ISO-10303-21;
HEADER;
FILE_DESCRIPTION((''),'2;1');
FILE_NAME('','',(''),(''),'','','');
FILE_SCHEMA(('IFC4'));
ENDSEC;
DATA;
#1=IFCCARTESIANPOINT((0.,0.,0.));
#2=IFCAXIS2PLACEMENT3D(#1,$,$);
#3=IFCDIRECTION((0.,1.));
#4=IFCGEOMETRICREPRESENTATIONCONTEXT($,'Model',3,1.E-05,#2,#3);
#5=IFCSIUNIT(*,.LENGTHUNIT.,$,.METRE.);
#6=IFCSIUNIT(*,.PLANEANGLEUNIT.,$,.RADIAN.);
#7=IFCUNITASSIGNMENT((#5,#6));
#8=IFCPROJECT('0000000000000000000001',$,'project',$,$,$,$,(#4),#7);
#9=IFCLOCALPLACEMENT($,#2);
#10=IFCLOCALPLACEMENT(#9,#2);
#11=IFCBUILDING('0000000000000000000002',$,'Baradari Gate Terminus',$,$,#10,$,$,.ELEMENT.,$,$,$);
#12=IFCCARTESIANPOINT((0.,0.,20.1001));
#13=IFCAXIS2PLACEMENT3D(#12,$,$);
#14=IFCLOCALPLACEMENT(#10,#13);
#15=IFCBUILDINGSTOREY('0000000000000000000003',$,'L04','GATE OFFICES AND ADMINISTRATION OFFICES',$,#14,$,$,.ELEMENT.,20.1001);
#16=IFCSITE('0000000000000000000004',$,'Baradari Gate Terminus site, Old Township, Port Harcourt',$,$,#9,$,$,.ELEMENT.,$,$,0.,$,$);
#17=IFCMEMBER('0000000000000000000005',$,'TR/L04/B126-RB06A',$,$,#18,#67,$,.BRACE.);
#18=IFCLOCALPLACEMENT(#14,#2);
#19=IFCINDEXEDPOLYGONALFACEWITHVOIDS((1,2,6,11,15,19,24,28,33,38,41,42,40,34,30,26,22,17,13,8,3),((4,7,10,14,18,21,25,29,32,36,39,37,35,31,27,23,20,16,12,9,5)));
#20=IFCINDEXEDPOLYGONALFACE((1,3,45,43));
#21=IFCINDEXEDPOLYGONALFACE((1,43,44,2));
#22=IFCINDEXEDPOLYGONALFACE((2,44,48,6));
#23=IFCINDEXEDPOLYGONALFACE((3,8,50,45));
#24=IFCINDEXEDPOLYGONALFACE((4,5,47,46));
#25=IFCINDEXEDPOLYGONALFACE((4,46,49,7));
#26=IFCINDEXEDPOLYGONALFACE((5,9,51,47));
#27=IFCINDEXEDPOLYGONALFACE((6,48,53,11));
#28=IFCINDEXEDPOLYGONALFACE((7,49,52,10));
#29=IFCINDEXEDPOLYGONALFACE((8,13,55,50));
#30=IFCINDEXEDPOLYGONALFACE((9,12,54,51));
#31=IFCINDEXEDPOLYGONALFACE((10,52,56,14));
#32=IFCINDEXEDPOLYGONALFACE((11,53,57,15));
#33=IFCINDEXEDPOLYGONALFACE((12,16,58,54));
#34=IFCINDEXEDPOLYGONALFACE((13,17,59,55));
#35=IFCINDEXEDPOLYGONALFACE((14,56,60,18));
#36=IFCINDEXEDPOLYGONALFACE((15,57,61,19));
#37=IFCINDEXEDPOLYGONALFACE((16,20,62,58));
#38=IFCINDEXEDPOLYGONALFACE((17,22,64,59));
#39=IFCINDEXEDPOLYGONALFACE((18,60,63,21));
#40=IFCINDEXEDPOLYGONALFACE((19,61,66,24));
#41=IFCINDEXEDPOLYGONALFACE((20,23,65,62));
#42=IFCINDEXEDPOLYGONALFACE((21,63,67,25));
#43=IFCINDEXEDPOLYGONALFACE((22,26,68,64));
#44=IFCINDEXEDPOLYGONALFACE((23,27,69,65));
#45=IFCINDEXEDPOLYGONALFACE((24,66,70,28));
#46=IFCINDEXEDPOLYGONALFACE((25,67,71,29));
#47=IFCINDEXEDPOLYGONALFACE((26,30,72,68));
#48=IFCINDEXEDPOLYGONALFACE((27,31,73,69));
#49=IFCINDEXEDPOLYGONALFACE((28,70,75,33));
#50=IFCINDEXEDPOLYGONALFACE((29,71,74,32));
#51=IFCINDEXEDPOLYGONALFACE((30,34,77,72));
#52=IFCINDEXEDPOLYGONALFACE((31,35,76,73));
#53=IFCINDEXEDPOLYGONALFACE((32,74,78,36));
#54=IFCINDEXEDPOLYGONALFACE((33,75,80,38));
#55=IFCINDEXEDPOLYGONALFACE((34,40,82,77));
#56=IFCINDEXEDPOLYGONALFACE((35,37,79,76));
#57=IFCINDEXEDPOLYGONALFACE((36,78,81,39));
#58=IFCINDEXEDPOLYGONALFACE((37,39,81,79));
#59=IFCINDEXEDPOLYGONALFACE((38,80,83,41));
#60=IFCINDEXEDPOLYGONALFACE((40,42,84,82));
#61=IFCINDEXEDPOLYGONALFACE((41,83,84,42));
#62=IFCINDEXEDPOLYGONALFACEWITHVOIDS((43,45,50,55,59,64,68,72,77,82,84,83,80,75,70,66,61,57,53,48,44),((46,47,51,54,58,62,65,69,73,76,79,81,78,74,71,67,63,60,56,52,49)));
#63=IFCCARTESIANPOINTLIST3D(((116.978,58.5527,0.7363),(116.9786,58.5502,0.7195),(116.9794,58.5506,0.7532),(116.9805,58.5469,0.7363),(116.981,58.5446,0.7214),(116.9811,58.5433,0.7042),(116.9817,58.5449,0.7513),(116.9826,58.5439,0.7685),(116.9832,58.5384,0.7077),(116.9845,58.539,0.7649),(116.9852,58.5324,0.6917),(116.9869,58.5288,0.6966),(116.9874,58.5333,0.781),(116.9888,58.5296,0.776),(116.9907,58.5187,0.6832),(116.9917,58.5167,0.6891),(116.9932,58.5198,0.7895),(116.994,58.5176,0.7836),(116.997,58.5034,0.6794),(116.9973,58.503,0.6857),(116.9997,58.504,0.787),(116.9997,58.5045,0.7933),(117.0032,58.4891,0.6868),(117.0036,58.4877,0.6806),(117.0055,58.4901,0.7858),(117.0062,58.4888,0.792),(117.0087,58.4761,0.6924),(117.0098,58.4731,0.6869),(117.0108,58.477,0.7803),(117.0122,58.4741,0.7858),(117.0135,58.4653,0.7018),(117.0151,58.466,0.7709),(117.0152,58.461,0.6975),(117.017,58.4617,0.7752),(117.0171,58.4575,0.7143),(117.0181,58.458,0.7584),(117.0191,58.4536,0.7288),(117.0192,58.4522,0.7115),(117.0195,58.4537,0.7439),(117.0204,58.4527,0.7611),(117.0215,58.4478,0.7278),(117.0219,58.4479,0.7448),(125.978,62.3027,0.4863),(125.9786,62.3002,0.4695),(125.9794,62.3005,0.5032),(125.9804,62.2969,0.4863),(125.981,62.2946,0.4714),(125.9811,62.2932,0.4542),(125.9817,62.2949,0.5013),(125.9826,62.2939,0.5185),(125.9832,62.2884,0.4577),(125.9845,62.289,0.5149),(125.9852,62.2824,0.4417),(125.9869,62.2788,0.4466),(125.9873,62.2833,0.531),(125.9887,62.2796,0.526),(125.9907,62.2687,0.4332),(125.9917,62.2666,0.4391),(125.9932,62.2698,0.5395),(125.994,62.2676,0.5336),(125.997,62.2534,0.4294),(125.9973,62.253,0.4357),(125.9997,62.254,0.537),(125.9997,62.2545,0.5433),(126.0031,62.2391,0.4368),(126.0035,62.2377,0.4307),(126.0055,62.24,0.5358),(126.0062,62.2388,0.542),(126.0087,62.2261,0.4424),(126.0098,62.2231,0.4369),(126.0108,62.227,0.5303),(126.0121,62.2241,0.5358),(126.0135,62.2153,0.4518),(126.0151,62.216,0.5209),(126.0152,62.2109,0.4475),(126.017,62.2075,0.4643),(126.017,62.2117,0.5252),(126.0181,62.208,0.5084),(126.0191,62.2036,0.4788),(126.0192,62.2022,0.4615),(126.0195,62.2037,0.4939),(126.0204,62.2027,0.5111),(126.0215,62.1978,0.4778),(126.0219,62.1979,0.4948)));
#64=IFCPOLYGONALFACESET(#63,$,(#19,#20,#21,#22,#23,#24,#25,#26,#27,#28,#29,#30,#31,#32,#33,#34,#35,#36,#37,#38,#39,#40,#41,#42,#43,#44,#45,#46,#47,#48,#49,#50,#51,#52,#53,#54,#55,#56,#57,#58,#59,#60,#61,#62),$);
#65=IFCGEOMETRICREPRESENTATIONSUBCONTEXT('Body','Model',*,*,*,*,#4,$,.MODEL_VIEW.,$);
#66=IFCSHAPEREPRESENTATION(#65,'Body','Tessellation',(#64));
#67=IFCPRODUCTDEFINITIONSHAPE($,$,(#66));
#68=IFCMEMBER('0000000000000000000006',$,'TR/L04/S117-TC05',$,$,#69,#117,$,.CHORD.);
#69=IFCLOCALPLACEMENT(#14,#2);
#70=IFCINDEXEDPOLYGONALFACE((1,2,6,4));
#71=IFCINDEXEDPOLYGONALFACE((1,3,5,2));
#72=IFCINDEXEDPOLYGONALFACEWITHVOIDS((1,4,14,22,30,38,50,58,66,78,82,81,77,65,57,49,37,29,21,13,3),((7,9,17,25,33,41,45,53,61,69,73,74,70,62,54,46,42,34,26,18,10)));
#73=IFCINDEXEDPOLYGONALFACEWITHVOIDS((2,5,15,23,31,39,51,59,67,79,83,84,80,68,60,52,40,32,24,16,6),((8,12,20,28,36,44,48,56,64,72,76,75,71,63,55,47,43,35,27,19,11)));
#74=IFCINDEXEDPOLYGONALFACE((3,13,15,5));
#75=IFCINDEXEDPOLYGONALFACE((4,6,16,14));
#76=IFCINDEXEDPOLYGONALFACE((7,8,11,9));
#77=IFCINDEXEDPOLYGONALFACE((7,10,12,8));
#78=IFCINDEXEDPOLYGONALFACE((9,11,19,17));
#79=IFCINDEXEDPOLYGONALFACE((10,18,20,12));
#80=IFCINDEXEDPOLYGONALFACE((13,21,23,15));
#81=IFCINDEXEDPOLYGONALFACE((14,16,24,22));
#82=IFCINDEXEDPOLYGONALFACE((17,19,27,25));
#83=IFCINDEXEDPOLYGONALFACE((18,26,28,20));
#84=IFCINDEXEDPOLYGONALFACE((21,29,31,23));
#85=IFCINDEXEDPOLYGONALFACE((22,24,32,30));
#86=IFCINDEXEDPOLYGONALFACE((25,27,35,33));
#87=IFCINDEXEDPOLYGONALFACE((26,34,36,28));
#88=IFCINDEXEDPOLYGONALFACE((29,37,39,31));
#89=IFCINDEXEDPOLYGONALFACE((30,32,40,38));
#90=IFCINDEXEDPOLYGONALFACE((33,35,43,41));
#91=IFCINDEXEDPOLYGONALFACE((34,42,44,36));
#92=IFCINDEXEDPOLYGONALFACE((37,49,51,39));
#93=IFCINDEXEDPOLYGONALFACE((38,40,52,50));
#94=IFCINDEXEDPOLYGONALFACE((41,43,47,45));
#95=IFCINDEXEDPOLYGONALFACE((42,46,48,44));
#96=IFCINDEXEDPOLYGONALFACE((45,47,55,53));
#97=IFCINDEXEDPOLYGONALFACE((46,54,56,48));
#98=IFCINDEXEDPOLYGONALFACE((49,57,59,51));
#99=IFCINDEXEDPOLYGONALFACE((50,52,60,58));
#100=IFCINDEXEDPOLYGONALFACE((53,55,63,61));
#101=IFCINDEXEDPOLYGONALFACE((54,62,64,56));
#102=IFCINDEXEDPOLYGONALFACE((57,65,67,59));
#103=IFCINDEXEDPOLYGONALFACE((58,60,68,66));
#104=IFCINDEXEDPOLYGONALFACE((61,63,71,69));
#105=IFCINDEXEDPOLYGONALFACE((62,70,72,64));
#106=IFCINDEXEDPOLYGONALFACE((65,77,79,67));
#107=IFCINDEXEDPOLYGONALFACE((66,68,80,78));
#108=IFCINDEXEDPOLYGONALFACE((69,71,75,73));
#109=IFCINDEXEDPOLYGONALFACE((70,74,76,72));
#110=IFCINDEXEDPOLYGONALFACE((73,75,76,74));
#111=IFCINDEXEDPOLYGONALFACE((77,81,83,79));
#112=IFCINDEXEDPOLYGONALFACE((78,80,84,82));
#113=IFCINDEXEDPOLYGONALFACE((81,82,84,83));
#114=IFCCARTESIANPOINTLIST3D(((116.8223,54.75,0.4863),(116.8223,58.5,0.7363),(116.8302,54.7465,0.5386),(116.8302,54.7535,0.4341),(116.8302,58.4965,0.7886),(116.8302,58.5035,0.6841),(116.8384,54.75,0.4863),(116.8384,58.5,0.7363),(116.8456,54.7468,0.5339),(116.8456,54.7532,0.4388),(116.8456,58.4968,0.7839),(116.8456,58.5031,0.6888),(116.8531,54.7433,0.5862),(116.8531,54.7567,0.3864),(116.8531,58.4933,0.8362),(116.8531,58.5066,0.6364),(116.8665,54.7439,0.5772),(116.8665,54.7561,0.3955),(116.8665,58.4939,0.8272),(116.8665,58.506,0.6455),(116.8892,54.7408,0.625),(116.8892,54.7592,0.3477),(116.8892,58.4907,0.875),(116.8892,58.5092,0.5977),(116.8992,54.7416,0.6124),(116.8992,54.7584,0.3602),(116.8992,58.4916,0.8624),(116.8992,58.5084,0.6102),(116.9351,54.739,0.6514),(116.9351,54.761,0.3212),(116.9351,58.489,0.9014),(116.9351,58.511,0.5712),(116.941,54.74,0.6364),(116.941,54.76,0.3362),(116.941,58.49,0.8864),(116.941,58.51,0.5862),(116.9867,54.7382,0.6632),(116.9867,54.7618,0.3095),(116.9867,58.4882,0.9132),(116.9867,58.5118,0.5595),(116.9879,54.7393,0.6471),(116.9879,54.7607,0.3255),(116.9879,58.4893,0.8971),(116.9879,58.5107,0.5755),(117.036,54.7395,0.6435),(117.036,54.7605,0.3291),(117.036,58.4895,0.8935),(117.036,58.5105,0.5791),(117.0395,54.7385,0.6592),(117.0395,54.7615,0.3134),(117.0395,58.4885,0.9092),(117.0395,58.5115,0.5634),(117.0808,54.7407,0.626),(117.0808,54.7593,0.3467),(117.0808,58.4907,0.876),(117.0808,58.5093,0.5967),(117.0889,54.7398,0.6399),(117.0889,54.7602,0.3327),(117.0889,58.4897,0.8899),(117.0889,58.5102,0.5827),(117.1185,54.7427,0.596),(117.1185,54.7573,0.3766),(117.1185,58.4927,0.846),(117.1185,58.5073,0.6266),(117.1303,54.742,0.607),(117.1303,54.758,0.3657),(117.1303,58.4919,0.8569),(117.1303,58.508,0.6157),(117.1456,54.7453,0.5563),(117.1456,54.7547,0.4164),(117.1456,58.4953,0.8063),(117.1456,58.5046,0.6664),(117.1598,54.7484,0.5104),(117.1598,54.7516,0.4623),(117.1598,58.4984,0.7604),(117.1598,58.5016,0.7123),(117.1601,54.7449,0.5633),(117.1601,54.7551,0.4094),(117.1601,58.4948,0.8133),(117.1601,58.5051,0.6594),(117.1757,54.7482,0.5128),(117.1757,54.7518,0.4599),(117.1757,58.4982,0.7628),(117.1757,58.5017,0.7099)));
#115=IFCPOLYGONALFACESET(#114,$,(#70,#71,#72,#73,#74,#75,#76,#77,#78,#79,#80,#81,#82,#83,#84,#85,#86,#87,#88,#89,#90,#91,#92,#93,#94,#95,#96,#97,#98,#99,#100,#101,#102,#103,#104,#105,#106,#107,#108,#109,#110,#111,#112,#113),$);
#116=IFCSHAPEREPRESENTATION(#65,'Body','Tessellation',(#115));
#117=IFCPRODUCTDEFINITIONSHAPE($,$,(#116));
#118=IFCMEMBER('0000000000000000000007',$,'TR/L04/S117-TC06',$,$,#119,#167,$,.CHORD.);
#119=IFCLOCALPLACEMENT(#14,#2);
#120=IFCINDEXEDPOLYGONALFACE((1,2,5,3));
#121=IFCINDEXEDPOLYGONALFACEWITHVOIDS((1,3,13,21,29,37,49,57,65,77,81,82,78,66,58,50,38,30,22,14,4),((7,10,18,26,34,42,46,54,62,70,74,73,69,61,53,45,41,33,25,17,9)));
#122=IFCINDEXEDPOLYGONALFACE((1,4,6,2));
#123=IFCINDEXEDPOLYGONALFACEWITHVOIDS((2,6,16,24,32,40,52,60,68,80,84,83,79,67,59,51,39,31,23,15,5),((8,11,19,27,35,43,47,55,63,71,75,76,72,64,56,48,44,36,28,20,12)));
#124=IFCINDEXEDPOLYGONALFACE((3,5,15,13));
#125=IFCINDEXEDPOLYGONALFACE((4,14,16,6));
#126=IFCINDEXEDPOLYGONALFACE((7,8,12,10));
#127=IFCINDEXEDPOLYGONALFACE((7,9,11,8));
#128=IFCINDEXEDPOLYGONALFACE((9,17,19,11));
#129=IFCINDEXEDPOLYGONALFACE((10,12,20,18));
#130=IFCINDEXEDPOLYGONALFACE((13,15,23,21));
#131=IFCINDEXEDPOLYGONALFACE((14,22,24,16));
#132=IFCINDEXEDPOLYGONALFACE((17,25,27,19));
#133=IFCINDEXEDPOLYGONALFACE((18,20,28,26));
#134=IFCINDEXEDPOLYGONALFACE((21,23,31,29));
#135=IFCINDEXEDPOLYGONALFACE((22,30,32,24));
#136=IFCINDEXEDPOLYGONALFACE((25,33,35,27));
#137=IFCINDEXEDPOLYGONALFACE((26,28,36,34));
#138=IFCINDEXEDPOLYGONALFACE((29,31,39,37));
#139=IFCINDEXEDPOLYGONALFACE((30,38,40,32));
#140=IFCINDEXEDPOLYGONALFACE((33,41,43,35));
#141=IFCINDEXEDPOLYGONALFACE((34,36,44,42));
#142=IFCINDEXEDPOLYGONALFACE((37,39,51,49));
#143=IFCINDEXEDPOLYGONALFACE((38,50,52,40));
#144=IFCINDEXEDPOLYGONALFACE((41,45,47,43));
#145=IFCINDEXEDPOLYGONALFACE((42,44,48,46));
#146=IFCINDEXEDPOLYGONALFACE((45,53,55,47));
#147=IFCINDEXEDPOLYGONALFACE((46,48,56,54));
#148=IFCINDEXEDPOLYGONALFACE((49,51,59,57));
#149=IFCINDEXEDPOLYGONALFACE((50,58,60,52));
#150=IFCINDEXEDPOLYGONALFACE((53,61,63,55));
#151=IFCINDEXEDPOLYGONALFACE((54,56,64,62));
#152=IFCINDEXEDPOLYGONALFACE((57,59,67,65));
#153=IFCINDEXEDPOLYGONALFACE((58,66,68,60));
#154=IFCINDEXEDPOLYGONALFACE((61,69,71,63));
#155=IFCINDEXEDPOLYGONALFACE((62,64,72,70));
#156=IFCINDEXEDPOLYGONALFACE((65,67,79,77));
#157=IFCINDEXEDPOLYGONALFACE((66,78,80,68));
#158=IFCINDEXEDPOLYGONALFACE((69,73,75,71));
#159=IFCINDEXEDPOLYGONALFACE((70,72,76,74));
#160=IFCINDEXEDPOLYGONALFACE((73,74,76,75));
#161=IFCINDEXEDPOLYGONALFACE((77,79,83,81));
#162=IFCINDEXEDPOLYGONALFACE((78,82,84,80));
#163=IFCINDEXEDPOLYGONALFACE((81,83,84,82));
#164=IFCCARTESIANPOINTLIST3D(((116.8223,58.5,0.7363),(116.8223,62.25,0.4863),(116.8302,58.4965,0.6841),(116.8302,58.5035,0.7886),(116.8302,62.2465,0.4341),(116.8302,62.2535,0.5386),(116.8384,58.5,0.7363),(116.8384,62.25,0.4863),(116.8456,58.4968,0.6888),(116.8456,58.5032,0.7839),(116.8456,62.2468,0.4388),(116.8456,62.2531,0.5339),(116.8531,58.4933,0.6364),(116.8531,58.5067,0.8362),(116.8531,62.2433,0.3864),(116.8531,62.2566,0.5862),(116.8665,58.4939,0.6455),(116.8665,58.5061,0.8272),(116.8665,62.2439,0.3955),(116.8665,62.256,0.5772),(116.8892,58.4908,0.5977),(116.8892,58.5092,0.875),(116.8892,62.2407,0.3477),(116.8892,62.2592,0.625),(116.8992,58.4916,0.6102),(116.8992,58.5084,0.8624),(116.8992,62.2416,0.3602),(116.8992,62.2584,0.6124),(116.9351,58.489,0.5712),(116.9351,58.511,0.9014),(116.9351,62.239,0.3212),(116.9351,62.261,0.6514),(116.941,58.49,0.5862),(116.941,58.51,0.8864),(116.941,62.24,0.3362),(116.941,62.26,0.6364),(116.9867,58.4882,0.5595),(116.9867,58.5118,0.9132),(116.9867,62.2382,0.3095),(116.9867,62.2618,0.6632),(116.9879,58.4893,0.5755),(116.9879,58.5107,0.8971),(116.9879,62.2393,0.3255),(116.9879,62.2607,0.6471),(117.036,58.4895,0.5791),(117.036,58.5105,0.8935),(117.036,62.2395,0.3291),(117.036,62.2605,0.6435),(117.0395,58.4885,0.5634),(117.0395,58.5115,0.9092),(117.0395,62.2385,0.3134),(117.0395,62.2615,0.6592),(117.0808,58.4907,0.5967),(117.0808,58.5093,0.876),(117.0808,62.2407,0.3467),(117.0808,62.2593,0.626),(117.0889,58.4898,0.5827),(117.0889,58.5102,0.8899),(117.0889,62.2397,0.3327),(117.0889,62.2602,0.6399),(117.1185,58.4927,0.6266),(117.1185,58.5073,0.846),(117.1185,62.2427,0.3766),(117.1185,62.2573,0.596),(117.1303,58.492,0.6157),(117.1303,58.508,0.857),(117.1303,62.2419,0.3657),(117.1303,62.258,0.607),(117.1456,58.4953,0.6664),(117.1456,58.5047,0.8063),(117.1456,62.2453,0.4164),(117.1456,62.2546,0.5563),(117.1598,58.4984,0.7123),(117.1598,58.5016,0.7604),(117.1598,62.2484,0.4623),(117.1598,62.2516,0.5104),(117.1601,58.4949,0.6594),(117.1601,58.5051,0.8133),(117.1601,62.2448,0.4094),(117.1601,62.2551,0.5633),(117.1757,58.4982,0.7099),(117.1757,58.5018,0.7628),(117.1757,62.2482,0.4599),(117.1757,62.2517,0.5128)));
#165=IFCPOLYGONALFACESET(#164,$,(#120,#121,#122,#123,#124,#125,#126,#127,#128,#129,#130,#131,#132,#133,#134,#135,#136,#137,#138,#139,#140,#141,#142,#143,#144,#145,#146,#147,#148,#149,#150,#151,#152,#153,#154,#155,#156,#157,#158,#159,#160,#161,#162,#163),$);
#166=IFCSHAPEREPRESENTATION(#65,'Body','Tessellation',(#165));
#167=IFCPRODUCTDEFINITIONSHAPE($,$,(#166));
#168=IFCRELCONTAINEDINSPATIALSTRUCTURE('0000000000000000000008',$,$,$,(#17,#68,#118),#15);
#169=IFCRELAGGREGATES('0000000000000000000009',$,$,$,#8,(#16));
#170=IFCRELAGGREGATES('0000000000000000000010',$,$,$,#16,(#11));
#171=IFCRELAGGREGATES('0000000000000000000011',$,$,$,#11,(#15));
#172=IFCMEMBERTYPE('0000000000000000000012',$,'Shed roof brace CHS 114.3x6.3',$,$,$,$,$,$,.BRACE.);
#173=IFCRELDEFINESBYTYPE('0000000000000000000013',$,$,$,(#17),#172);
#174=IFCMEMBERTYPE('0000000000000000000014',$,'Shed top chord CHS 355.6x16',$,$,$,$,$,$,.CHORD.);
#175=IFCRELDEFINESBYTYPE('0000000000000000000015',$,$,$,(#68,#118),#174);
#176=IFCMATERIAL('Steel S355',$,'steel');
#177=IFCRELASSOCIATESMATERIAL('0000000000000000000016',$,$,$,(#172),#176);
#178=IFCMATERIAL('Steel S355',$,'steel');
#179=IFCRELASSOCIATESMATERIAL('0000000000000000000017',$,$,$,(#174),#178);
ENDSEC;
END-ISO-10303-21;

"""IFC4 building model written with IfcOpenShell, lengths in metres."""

from ifc_helpers import new_model, si_unit, direction, frame, origin, origin_2d, place, context, subcontext, project, spatial, hollow_circle, extrude, material, material_profile, profile_set, type_object, element, save


model = new_model("IFC4")

# Units and contexts
model_context = context("Model", 3, precision=1e-05, world=origin(), true_north=direction((0.0, 1.0)))
body_context = subcontext(model_context, "Body", "Model", "MODEL_VIEW")
ifc_project = project(units=[si_unit("LENGTHUNIT", "METRE"), si_unit("PLANEANGLEUNIT", "RADIAN")], contexts=[model_context])

# Site, building, storey
site_placement = place(None, origin())
site = spatial("IfcSite", under=ifc_project, at=site_placement, Name="Baradari Gate Terminus site, Old Township, Port Harcourt", CompositionType="ELEMENT", RefElevation=0.0)
building_placement = place(site_placement, origin())
building = spatial("IfcBuilding", under=site, at=building_placement, Name="Baradari Gate Terminus", CompositionType="ELEMENT")
storey_placement = place(building_placement, frame((0.0, 0.0, 20.1001)))
storey = spatial("IfcBuildingStorey", under=building, at=storey_placement, Name="L04", Description="GATE OFFICES AND ADMINISTRATION OFFICES", CompositionType="ELEMENT", Elevation=20.1001)

# Members
ifc_material_1 = material(Name="Steel S355", Category="steel")
ifc_material_profile_1 = material_profile(ifc_material_1, hollow_circle(Radius=0.0571, WallThickness=0.0063, at=origin_2d()), Name="CHS 114.3x6.3")
ifc_profile_set_1 = profile_set([ifc_material_profile_1], Name="Steel S355")
member_type_1 = type_object("IfcMemberType", Name="Shed roof brace CHS 114.3x6.3", PredefinedType="BRACE", material=ifc_profile_set_1)
for number, where, z_axis, x_axis, name in (
    (1, (117.0, 58.5, 0.7363), (0.922774, 0.384489, -0.025633), (-0.384615, 0.923077, 0.0), "TR/L04/B126-RB06A"),
):
    element("IfcMember", number, at=place(storey_placement, frame(where, z_axis=z_axis, x_axis=x_axis)), inside=storey, type_object=member_type_1, Name=name, PredefinedType="BRACE", context=body_context, shape_type="SweptSolid", body=[
        extrude(hollow_circle(Radius=0.0571, WallThickness=0.0063, at=origin_2d()), origin(), (0.0, 0.0, 1.0), 9.7532),
    ])
ifc_material_2 = material(Name="Steel S355", Category="steel")
ifc_material_profile_2 = material_profile(ifc_material_2, hollow_circle(Radius=0.1777, WallThickness=0.0161, at=origin_2d()), Name="CHS 355.6x16")
ifc_profile_set_2 = profile_set([ifc_material_profile_2], Name="Steel S355")
member_type_2 = type_object("IfcMemberType", Name="Shed top chord CHS 355.6x16", PredefinedType="CHORD", material=ifc_profile_set_2)
for number, where, z_axis, x_axis, name in (
    (2, (117.0, 54.75, 0.4863), (0.0, 0.997785, 0.066519), (-1.0, 0.0, 0.0), "TR/L04/S117-TC05"),
    (3, (117.0, 58.5, 0.7363), (0.0, 0.997785, -0.066519), (-1.0, 0.0, 0.0), "TR/L04/S117-TC06"),
):
    element("IfcMember", number, at=place(storey_placement, frame(where, z_axis=z_axis, x_axis=x_axis)), inside=storey, type_object=member_type_2, Name=name, PredefinedType="CHORD", context=body_context, shape_type="SweptSolid", body=[
        extrude(hollow_circle(Radius=0.1777, WallThickness=0.0161, at=origin_2d()), origin(), (0.0, 0.0, 1.0), 3.7583),
    ])

save(model, "model.ifc")
